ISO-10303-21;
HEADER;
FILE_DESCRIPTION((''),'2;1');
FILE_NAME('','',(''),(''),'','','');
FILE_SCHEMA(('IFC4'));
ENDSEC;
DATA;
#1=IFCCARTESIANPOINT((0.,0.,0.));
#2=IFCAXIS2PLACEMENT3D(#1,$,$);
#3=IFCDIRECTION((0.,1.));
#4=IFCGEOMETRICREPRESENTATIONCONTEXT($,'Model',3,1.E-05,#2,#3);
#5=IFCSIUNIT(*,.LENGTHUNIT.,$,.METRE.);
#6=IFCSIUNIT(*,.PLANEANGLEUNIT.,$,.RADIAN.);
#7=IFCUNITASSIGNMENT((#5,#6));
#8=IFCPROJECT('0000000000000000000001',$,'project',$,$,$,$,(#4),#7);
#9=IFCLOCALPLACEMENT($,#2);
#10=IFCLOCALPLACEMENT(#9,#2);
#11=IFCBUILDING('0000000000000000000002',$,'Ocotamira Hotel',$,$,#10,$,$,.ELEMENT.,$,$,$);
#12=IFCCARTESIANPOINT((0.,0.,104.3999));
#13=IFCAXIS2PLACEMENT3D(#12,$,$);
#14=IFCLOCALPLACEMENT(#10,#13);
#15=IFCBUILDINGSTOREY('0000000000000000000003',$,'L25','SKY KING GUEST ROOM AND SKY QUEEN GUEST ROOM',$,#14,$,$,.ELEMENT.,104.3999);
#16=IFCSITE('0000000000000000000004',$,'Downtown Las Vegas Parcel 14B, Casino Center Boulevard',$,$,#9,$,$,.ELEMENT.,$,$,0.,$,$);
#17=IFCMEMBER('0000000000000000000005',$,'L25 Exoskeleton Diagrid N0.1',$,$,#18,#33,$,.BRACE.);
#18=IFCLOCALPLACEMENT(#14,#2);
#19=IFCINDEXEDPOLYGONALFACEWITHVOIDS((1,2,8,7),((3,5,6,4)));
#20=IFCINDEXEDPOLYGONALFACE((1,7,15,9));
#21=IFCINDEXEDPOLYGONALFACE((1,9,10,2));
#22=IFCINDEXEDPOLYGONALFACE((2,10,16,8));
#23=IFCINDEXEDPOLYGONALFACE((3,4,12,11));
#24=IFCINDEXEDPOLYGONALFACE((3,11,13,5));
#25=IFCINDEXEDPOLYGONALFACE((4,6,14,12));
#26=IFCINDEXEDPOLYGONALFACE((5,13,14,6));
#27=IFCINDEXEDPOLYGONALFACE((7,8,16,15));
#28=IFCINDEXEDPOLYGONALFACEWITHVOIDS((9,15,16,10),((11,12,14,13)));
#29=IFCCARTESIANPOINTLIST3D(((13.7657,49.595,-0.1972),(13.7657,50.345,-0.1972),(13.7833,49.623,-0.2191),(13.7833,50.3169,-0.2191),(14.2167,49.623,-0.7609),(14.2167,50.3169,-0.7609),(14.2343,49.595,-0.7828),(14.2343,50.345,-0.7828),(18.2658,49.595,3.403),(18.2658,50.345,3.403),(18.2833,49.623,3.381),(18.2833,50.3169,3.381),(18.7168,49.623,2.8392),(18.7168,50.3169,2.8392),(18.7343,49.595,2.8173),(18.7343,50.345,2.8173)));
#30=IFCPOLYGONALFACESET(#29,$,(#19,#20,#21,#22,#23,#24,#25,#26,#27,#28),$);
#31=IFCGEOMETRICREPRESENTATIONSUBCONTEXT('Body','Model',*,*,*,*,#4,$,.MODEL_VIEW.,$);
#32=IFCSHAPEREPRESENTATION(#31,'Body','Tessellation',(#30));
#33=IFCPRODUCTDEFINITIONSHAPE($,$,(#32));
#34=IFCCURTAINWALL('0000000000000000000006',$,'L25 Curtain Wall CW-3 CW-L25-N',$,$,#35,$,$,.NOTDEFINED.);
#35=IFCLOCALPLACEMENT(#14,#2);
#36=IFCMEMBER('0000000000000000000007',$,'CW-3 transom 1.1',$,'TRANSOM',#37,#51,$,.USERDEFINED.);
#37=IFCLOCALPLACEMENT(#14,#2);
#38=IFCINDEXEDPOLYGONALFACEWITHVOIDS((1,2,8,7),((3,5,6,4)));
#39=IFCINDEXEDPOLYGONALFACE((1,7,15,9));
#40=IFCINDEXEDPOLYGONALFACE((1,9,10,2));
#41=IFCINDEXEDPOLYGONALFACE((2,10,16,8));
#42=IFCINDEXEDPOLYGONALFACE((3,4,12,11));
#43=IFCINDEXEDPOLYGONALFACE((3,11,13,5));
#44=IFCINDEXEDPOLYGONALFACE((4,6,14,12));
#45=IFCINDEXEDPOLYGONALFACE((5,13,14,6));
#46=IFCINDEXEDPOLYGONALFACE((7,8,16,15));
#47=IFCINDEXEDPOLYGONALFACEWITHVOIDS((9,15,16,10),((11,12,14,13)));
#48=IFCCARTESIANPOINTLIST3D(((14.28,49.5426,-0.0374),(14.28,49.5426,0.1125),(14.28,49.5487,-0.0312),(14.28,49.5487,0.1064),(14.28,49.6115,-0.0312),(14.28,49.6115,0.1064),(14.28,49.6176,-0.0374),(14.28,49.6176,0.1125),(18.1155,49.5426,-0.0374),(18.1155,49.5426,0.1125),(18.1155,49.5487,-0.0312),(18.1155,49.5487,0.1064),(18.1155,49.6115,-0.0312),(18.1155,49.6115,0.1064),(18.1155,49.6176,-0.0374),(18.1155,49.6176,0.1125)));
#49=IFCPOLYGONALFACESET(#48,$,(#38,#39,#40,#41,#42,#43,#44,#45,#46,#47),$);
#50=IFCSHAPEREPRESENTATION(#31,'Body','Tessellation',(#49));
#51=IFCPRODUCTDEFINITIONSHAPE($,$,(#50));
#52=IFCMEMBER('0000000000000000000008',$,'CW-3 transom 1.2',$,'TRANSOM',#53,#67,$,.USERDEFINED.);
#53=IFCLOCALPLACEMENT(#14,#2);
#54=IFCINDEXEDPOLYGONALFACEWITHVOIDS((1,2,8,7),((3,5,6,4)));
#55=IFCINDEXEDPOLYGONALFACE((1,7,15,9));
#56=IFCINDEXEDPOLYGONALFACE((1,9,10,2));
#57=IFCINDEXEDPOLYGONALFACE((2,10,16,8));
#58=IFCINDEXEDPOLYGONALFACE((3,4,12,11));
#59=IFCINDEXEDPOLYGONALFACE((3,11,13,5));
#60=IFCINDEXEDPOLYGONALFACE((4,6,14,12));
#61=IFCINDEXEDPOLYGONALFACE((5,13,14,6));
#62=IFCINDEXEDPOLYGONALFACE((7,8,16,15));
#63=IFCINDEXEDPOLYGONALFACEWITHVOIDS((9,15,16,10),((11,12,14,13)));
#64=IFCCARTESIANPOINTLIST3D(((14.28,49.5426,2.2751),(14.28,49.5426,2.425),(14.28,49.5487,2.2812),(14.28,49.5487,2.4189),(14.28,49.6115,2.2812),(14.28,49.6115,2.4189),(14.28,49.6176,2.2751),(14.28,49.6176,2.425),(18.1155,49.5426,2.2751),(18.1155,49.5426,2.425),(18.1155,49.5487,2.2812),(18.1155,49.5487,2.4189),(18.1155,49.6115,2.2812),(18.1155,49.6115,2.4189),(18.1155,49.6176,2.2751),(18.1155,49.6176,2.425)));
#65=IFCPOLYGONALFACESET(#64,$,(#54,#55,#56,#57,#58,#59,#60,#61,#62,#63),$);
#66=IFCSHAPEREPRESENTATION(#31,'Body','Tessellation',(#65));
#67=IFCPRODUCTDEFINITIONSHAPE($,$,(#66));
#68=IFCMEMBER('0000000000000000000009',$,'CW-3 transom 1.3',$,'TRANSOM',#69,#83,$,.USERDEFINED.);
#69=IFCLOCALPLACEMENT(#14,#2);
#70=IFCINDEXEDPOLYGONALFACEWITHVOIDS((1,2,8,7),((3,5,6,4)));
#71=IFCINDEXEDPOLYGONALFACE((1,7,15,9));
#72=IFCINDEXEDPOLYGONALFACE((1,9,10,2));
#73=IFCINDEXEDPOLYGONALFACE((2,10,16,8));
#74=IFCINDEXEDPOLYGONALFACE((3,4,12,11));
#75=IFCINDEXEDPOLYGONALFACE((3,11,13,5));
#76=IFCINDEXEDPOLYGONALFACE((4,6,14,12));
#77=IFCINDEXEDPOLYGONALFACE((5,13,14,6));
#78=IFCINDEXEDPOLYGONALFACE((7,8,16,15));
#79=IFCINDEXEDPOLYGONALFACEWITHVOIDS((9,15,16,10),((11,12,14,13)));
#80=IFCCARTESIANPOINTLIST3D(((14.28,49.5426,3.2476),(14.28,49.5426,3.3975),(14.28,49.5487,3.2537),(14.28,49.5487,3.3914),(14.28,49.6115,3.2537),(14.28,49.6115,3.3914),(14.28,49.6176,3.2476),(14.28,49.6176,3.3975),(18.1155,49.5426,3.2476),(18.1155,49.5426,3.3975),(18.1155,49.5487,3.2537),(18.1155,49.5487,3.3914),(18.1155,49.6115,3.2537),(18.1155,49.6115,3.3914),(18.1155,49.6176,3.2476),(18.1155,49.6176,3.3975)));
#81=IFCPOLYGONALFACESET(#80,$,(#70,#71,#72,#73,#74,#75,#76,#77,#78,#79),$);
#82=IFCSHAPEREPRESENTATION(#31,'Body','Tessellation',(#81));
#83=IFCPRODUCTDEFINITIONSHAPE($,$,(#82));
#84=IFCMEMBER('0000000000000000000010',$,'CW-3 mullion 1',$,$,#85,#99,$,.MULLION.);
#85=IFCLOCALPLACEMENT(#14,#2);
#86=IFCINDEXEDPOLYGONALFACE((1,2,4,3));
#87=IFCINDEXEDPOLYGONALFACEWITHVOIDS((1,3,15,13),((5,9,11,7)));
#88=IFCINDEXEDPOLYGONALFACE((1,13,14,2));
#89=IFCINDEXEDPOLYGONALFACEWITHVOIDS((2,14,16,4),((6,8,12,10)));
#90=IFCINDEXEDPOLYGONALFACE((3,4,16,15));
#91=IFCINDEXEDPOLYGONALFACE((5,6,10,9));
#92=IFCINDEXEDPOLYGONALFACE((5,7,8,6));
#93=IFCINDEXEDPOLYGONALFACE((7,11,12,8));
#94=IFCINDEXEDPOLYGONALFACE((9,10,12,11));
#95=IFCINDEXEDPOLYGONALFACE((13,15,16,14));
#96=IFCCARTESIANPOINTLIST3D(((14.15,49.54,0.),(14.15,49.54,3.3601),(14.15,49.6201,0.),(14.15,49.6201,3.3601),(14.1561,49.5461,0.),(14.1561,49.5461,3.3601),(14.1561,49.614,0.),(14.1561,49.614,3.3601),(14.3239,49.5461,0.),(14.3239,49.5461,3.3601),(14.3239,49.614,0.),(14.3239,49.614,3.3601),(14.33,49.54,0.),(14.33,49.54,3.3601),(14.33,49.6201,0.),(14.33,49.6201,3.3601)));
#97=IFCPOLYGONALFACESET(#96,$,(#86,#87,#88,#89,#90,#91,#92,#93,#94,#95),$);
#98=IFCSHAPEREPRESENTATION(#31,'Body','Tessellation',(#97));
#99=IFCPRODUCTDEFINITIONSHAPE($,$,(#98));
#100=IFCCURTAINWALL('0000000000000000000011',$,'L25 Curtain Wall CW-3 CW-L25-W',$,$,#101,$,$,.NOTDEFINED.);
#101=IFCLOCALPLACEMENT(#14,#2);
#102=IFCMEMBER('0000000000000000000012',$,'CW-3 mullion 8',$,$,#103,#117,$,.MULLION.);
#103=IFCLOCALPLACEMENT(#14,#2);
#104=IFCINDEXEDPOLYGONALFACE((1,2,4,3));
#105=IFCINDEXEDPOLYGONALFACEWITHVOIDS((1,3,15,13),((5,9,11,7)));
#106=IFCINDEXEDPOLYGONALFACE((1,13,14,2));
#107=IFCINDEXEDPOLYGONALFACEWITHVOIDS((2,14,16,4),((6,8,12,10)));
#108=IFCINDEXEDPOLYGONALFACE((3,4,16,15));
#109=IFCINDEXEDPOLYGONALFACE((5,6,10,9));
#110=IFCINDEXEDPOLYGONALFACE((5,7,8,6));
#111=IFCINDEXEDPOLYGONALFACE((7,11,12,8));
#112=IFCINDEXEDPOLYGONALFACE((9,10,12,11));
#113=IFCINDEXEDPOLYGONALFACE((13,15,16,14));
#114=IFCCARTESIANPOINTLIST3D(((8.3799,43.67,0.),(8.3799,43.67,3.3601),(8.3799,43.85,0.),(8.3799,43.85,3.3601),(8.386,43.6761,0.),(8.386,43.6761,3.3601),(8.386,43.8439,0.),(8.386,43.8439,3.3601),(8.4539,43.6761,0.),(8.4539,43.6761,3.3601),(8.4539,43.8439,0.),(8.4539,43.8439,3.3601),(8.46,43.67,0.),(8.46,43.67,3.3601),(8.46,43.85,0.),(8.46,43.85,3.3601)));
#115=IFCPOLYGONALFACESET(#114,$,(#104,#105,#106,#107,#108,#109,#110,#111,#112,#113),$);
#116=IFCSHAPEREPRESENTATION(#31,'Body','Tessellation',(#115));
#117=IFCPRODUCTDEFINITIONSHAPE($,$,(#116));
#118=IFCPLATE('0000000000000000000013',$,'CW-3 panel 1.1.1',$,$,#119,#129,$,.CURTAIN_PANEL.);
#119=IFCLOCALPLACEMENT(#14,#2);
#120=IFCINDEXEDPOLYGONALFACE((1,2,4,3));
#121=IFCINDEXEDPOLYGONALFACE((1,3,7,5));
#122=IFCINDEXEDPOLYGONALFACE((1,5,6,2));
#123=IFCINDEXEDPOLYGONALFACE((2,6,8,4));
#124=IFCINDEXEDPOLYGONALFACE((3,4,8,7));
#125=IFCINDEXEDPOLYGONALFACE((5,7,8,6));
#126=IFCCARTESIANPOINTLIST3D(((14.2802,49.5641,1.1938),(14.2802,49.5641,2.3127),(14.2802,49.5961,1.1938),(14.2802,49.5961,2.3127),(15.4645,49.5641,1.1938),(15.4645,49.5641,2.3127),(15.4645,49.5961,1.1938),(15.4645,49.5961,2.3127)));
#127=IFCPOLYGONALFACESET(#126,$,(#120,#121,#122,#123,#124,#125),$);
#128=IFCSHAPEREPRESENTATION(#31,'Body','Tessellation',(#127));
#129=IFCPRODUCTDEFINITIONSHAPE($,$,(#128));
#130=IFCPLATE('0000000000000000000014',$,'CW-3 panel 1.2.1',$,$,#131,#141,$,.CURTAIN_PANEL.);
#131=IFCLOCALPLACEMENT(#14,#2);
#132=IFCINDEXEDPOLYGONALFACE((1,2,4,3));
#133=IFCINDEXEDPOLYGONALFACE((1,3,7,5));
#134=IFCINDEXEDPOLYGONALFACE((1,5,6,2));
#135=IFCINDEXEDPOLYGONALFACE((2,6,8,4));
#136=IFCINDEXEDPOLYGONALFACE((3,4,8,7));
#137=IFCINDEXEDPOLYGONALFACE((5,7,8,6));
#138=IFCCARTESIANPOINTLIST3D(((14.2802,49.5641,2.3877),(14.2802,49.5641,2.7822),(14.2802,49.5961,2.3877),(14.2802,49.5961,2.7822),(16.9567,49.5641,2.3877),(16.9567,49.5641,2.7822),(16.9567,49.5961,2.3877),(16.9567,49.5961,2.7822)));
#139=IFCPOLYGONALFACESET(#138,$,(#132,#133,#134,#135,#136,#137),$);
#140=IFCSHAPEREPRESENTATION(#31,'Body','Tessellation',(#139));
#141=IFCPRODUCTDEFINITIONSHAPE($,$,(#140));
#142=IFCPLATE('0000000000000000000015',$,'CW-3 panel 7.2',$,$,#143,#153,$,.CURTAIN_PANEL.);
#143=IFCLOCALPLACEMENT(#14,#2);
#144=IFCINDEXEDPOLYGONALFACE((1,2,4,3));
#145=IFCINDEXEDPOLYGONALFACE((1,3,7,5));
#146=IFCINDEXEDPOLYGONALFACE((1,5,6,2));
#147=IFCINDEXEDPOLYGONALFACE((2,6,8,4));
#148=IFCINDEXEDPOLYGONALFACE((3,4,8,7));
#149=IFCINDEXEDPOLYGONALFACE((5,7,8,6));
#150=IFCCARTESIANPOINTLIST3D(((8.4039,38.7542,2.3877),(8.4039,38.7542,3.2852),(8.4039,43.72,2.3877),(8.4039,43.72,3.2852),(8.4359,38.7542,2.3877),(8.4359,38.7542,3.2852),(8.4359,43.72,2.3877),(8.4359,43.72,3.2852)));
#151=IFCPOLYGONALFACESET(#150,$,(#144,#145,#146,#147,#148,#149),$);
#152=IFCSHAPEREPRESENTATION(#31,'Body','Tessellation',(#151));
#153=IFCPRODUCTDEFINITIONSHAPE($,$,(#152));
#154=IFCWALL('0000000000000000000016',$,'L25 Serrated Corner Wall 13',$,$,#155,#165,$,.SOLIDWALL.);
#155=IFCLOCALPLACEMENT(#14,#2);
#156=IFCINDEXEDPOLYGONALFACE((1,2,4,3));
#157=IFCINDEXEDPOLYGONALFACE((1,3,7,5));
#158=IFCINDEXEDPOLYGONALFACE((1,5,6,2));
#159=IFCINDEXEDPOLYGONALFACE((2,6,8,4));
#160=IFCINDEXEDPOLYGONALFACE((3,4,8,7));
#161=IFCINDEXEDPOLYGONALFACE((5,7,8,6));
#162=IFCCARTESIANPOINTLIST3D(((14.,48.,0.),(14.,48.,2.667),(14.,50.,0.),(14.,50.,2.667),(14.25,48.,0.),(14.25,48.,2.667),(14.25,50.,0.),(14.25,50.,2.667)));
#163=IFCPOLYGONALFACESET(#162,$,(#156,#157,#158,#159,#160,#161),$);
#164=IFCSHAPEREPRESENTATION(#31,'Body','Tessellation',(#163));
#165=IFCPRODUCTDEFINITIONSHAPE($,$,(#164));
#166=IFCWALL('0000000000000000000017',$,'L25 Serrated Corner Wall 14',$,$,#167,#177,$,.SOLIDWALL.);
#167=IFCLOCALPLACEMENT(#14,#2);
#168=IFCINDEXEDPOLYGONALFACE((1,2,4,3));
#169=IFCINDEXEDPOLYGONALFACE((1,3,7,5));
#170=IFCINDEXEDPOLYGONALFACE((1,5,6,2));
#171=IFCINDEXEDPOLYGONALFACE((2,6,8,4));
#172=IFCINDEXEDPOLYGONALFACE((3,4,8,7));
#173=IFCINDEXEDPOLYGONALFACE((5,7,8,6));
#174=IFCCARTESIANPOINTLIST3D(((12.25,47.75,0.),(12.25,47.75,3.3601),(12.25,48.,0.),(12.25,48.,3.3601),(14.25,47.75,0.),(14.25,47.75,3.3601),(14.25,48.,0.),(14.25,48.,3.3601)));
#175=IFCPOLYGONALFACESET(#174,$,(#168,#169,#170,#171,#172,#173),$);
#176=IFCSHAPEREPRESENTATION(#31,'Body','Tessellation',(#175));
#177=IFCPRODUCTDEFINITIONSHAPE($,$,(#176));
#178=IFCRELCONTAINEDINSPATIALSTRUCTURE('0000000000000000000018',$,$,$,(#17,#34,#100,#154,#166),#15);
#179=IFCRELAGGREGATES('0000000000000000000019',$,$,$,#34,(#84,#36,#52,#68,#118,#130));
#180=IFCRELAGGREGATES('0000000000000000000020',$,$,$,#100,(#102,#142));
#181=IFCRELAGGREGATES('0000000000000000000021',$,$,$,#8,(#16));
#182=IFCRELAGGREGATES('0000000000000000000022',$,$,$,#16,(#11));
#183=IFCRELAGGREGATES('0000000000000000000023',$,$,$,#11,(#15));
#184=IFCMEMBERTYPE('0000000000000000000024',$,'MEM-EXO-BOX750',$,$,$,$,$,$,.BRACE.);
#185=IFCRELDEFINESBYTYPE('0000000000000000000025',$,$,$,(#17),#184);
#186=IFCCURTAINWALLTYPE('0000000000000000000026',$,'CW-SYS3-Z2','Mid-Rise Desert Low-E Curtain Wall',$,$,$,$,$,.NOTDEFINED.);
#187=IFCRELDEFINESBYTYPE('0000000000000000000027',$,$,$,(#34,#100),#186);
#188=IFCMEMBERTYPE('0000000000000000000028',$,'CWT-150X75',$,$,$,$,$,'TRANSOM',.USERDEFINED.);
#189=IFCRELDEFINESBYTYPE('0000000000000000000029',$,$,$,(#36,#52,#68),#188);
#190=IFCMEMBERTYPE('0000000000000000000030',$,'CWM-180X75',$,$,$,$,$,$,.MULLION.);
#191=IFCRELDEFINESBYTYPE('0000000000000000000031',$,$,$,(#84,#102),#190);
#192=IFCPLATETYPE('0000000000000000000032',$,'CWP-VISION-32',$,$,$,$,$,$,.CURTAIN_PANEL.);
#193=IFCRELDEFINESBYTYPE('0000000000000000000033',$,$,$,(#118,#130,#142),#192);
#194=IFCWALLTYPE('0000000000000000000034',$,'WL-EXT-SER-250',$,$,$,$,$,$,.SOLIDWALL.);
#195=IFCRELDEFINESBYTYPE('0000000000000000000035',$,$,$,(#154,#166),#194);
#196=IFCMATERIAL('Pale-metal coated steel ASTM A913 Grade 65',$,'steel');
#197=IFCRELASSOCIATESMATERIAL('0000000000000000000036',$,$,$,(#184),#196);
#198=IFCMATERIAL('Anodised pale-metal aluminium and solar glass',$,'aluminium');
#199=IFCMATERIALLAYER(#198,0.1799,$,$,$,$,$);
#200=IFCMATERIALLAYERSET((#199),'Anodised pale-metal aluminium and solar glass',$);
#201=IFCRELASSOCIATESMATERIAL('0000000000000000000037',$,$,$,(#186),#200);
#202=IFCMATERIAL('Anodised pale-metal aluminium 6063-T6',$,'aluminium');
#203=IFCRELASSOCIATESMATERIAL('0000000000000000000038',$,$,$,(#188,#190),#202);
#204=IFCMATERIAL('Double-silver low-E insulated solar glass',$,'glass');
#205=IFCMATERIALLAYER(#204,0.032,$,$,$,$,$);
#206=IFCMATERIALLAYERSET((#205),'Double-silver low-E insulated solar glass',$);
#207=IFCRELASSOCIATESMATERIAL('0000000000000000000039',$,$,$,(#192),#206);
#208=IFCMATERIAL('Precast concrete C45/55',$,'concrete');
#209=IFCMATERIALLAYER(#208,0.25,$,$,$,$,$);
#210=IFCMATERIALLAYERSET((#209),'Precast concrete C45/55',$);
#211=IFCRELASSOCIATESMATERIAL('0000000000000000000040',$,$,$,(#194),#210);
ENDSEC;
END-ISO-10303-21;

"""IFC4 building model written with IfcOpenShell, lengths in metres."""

from ifc_helpers import new_model, si_unit, direction, frame, frame_2d, origin, origin_2d, place, context, subcontext, project, spatial, rectangle, hollow_rectangle, extrude, source, transform, mapped, material, layer, layer_set, material_profile, profile_set, type_object, element, aggregate, save


model = new_model("IFC4")

# Units and contexts
model_context = context("Model", 3, precision=1e-05, world=origin(), true_north=direction((0.0, 1.0)))
body_context = subcontext(model_context, "Body", "Model", "MODEL_VIEW")
ifc_project = project(units=[si_unit("LENGTHUNIT", "METRE"), si_unit("PLANEANGLEUNIT", "RADIAN")], contexts=[model_context])

# Site, building, storey
site_placement = place(None, origin())
site = spatial("IfcSite", under=ifc_project, at=site_placement, Name="Downtown Las Vegas Parcel 14B, Casino Center Boulevard", CompositionType="ELEMENT", RefElevation=0.0)
building_placement = place(site_placement, origin())
building = spatial("IfcBuilding", under=site, at=building_placement, Name="Ocotamira Hotel", CompositionType="ELEMENT")
storey_placement = place(building_placement, frame((0.0, 0.0, 104.3999)))
storey = spatial("IfcBuildingStorey", under=building, at=storey_placement, Name="L25", Description="SKY KING GUEST ROOM AND SKY QUEEN GUEST ROOM", CompositionType="ELEMENT", Elevation=104.3999)

# Member
ifc_material_1 = material(Name="Pale-metal coated steel ASTM A913 Grade 65", Category="steel")
ifc_material_profile_1 = material_profile(ifc_material_1, hollow_rectangle(XDim=0.75, YDim=0.75, WallThickness=0.0281, at=origin_2d()), Name="BOX750X750X28")
ifc_profile_set_1 = profile_set([ifc_material_profile_1], Name="Pale-metal coated steel ASTM A913 Grade 65")
member_type_1 = type_object("IfcMemberType", Name="MEM-EXO-BOX750", PredefinedType="BRACE", material=ifc_profile_set_1)
shared_shape_1 = source(origin(), body_context, "Body", "SweptSolid", [
    extrude(hollow_rectangle(XDim=0.75, YDim=0.75, WallThickness=0.0281, at=origin_2d()), origin(), (0.0, 0.0, 1.0), 5.7629),
])
member_1_placement = place(storey_placement, frame((14.0, 49.97, -0.49), z_axis=(0.780861, 0.0, 0.624705), x_axis=(0.0, 1.0, 0.0)))
element("IfcMember", 1, at=member_1_placement, inside=storey, type_object=member_type_1, Name="L25 Exoskeleton Diagrid N0.1", PredefinedType="BRACE", context=body_context, shape_type="MappedRepresentation", body=[
    mapped(shared_shape_1, transform((0.0, 0.0, 0.0), scale=1.0)),
])

# Curtain wall, members
ifc_material_2 = material(Name="Anodised pale-metal aluminium and solar glass", Category="aluminium")
ifc_layer_1 = layer(ifc_material_2, 0.1799)
ifc_layer_set_1 = layer_set([ifc_layer_1], Name="Anodised pale-metal aluminium and solar glass")
curtain_wall_type = type_object("IfcCurtainWallType", Name="CW-SYS3-Z2", Description="Mid-Rise Desert Low-E Curtain Wall", PredefinedType="NOTDEFINED", material=ifc_layer_set_1)
curtain_wall_1_placement = place(storey_placement, origin())
curtain_wall_1 = element("IfcCurtainWall", 2, at=curtain_wall_1_placement, inside=storey, type_object=curtain_wall_type, Name="L25 Curtain Wall CW-3 CW-L25-N", PredefinedType="NOTDEFINED")
ifc_material_3 = material(Name="Anodised pale-metal aluminium 6063-T6", Category="aluminium")
ifc_material_profile_2 = material_profile(ifc_material_3, hollow_rectangle(XDim=0.075, YDim=0.1499, WallThickness=0.0061, at=origin_2d()), Name="HSS150X75X6")
ifc_profile_set_2 = profile_set([ifc_material_profile_2], Name="Anodised pale-metal aluminium 6063-T6")
member_type_2 = type_object("IfcMemberType", Name="CWT-150X75", ElementType="TRANSOM", PredefinedType="USERDEFINED", material=ifc_profile_set_2)
shared_shape_2 = source(origin(), body_context, "Body", "SweptSolid", [
    extrude(hollow_rectangle(XDim=0.075, YDim=0.1499, WallThickness=0.0061, at=origin_2d()), origin(), (0.0, 0.0, 1.0), 3.8354),
])
member_2_placement = place(storey_placement, frame((14.28, 49.5801, 0.0376), z_axis=(1.0, 0.0, 0.0), x_axis=(0.0, 1.0, 0.0)))
member_2 = element("IfcMember", 3, at=member_2_placement, type_object=member_type_2, Name="CW-3 transom 1.1", ObjectType="TRANSOM", PredefinedType="USERDEFINED", context=body_context, shape_type="MappedRepresentation", body=[
    mapped(shared_shape_2, transform((0.0, 0.0, 0.0), scale=1.0)),
])
member_3_placement = place(storey_placement, frame((14.28, 49.5801, 2.3501), z_axis=(1.0, 0.0, 0.0), x_axis=(0.0, 1.0, 0.0)))
member_3 = element("IfcMember", 4, at=member_3_placement, type_object=member_type_2, Name="CW-3 transom 1.2", ObjectType="TRANSOM", PredefinedType="USERDEFINED", context=body_context, shape_type="MappedRepresentation", body=[
    mapped(shared_shape_2, transform((0.0, 0.0, 0.0), scale=1.0)),
])
member_4_placement = place(storey_placement, frame((14.28, 49.5801, 3.3225), z_axis=(1.0, 0.0, 0.0), x_axis=(0.0, 1.0, 0.0)))
member_4 = element("IfcMember", 5, at=member_4_placement, type_object=member_type_2, Name="CW-3 transom 1.3", ObjectType="TRANSOM", PredefinedType="USERDEFINED", context=body_context, shape_type="MappedRepresentation", body=[
    mapped(shared_shape_2, transform((0.0, 0.0, 0.0), scale=1.0)),
])
ifc_material_profile_3 = material_profile(ifc_material_3, hollow_rectangle(XDim=0.0801, YDim=0.1799, WallThickness=0.0061, at=origin_2d()), Name="HSS180X80X6")
ifc_profile_set_3 = profile_set([ifc_material_profile_3], Name="Anodised pale-metal aluminium 6063-T6")
member_type_3 = type_object("IfcMemberType", Name="CWM-180X75", PredefinedType="MULLION", material=ifc_profile_set_3)
shared_shape_3 = source(origin(), body_context, "Body", "SweptSolid", [
    extrude(hollow_rectangle(XDim=0.0801, YDim=0.1799, WallThickness=0.0061, at=origin_2d()), origin(), (0.0, 0.0, 1.0), 3.3601),
])
member_5_placement = place(storey_placement, frame((14.24, 49.5801, 0.0), z_axis=(0.0, 0.0, 1.0), x_axis=(0.0, 1.0, 0.0)))
member_5 = element("IfcMember", 6, at=member_5_placement, type_object=member_type_3, Name="CW-3 mullion 1", PredefinedType="MULLION", context=body_context, shape_type="MappedRepresentation", body=[
    mapped(shared_shape_3, transform((0.0, 0.0, 0.0), scale=1.0)),
])

# Curtain wall, member
curtain_wall_2_placement = place(storey_placement, origin())
curtain_wall_2 = element("IfcCurtainWall", 7, at=curtain_wall_2_placement, inside=storey, type_object=curtain_wall_type, Name="L25 Curtain Wall CW-3 CW-L25-W", PredefinedType="NOTDEFINED")
member_6_placement = place(storey_placement, frame((8.4199, 43.76, 0.0), z_axis=(0.0, 0.0, 1.0), x_axis=(-1.0, 0.0, 0.0)))
member_6 = element("IfcMember", 8, at=member_6_placement, type_object=member_type_3, Name="CW-3 mullion 8", PredefinedType="MULLION", context=body_context, shape_type="MappedRepresentation", body=[
    mapped(shared_shape_3, transform((0.0, 0.0, 0.0), scale=1.0)),
])

# Plates
ifc_material_4 = material(Name="Double-silver low-E insulated solar glass", Category="glass")
ifc_layer_2 = layer(ifc_material_4, 0.032)
ifc_layer_set_2 = layer_set([ifc_layer_2], Name="Double-silver low-E insulated solar glass")
plate_type = type_object("IfcPlateType", Name="CWP-VISION-32", PredefinedType="CURTAIN_PANEL", material=ifc_layer_set_2)
shared_shape_4 = source(origin(), body_context, "Body", "SweptSolid", [
    extrude(rectangle(XDim=1.1843, YDim=0.032, at=origin_2d()), origin(), (0.0, 0.0, 1.0), 1.1189),
])
plate_1_placement = place(storey_placement, frame((14.8723, 49.5801, 1.1938), z_axis=(0.0, 0.0, 1.0), x_axis=(1.0, 0.0, 0.0)))
plate_1 = element("IfcPlate", 9, at=plate_1_placement, type_object=plate_type, Name="CW-3 panel 1.1.1", PredefinedType="CURTAIN_PANEL", context=body_context, shape_type="MappedRepresentation", body=[
    mapped(shared_shape_4, transform((0.0, 0.0, 0.0), scale=1.0)),
])
shared_shape_5 = source(origin(), body_context, "Body", "SweptSolid", [
    extrude(rectangle(XDim=2.6765, YDim=0.032, at=origin_2d()), origin(), (0.0, 0.0, 1.0), 0.3945),
])
plate_2_placement = place(storey_placement, frame((15.6184, 49.5801, 2.3877), z_axis=(0.0, 0.0, 1.0), x_axis=(1.0, 0.0, 0.0)))
plate_2 = element("IfcPlate", 10, at=plate_2_placement, type_object=plate_type, Name="CW-3 panel 1.2.1", PredefinedType="CURTAIN_PANEL", context=body_context, shape_type="MappedRepresentation", body=[
    mapped(shared_shape_5, transform((0.0, 0.0, 0.0), scale=1.0)),
])
aggregate(curtain_wall_1, [member_5, member_2, member_3, member_4, plate_1, plate_2])
shared_shape_6 = source(origin(), body_context, "Body", "SweptSolid", [
    extrude(rectangle(XDim=4.9658, YDim=0.032, at=origin_2d()), origin(), (0.0, 0.0, 1.0), 0.8975),
])
plate_3_placement = place(storey_placement, frame((8.4199, 41.2371, 2.3877), z_axis=(0.0, 0.0, 1.0), x_axis=(0.0, 1.0, 0.0)))
plate_3 = element("IfcPlate", 11, at=plate_3_placement, type_object=plate_type, Name="CW-3 panel 7.2", PredefinedType="CURTAIN_PANEL", context=body_context, shape_type="MappedRepresentation", body=[
    mapped(shared_shape_6, transform((0.0, 0.0, 0.0), scale=1.0)),
])
aggregate(curtain_wall_2, [member_6, plate_3])

# Walls
ifc_material_5 = material(Name="Precast concrete C45/55", Category="concrete")
ifc_layer_3 = layer(ifc_material_5, 0.25)
ifc_layer_set_3 = layer_set([ifc_layer_3], Name="Precast concrete C45/55")
wall_type = type_object("IfcWallType", Name="WL-EXT-SER-250", PredefinedType="SOLIDWALL", material=ifc_layer_set_3)
wall_1_placement = place(storey_placement, frame((14.125, 50.0, 0.0), z_axis=(0.0, 0.0, 1.0), x_axis=(0.0, -1.0, 0.0)))
element("IfcWall", 12, at=wall_1_placement, inside=storey, type_object=wall_type, Name="L25 Serrated Corner Wall 13", PredefinedType="SOLIDWALL", context=body_context, shape_type="SweptSolid", body=[
    extrude(rectangle(XDim=2.0, YDim=0.25, at=frame_2d((1.0, 0.0))), origin(), (0.0, 0.0, 1.0), 2.667),
])
wall_2_placement = place(storey_placement, frame((14.25, 47.875, 0.0), z_axis=(0.0, 0.0, 1.0), x_axis=(-1.0, 0.0, 0.0)))
element("IfcWall", 13, at=wall_2_placement, inside=storey, type_object=wall_type, Name="L25 Serrated Corner Wall 14", PredefinedType="SOLIDWALL", context=body_context, shape_type="SweptSolid", body=[
    extrude(rectangle(XDim=2.0, YDim=0.25, at=frame_2d((1.0, 0.0))), origin(), (0.0, 0.0, 1.0), 3.3601),
])

save(model, "model.ifc")
